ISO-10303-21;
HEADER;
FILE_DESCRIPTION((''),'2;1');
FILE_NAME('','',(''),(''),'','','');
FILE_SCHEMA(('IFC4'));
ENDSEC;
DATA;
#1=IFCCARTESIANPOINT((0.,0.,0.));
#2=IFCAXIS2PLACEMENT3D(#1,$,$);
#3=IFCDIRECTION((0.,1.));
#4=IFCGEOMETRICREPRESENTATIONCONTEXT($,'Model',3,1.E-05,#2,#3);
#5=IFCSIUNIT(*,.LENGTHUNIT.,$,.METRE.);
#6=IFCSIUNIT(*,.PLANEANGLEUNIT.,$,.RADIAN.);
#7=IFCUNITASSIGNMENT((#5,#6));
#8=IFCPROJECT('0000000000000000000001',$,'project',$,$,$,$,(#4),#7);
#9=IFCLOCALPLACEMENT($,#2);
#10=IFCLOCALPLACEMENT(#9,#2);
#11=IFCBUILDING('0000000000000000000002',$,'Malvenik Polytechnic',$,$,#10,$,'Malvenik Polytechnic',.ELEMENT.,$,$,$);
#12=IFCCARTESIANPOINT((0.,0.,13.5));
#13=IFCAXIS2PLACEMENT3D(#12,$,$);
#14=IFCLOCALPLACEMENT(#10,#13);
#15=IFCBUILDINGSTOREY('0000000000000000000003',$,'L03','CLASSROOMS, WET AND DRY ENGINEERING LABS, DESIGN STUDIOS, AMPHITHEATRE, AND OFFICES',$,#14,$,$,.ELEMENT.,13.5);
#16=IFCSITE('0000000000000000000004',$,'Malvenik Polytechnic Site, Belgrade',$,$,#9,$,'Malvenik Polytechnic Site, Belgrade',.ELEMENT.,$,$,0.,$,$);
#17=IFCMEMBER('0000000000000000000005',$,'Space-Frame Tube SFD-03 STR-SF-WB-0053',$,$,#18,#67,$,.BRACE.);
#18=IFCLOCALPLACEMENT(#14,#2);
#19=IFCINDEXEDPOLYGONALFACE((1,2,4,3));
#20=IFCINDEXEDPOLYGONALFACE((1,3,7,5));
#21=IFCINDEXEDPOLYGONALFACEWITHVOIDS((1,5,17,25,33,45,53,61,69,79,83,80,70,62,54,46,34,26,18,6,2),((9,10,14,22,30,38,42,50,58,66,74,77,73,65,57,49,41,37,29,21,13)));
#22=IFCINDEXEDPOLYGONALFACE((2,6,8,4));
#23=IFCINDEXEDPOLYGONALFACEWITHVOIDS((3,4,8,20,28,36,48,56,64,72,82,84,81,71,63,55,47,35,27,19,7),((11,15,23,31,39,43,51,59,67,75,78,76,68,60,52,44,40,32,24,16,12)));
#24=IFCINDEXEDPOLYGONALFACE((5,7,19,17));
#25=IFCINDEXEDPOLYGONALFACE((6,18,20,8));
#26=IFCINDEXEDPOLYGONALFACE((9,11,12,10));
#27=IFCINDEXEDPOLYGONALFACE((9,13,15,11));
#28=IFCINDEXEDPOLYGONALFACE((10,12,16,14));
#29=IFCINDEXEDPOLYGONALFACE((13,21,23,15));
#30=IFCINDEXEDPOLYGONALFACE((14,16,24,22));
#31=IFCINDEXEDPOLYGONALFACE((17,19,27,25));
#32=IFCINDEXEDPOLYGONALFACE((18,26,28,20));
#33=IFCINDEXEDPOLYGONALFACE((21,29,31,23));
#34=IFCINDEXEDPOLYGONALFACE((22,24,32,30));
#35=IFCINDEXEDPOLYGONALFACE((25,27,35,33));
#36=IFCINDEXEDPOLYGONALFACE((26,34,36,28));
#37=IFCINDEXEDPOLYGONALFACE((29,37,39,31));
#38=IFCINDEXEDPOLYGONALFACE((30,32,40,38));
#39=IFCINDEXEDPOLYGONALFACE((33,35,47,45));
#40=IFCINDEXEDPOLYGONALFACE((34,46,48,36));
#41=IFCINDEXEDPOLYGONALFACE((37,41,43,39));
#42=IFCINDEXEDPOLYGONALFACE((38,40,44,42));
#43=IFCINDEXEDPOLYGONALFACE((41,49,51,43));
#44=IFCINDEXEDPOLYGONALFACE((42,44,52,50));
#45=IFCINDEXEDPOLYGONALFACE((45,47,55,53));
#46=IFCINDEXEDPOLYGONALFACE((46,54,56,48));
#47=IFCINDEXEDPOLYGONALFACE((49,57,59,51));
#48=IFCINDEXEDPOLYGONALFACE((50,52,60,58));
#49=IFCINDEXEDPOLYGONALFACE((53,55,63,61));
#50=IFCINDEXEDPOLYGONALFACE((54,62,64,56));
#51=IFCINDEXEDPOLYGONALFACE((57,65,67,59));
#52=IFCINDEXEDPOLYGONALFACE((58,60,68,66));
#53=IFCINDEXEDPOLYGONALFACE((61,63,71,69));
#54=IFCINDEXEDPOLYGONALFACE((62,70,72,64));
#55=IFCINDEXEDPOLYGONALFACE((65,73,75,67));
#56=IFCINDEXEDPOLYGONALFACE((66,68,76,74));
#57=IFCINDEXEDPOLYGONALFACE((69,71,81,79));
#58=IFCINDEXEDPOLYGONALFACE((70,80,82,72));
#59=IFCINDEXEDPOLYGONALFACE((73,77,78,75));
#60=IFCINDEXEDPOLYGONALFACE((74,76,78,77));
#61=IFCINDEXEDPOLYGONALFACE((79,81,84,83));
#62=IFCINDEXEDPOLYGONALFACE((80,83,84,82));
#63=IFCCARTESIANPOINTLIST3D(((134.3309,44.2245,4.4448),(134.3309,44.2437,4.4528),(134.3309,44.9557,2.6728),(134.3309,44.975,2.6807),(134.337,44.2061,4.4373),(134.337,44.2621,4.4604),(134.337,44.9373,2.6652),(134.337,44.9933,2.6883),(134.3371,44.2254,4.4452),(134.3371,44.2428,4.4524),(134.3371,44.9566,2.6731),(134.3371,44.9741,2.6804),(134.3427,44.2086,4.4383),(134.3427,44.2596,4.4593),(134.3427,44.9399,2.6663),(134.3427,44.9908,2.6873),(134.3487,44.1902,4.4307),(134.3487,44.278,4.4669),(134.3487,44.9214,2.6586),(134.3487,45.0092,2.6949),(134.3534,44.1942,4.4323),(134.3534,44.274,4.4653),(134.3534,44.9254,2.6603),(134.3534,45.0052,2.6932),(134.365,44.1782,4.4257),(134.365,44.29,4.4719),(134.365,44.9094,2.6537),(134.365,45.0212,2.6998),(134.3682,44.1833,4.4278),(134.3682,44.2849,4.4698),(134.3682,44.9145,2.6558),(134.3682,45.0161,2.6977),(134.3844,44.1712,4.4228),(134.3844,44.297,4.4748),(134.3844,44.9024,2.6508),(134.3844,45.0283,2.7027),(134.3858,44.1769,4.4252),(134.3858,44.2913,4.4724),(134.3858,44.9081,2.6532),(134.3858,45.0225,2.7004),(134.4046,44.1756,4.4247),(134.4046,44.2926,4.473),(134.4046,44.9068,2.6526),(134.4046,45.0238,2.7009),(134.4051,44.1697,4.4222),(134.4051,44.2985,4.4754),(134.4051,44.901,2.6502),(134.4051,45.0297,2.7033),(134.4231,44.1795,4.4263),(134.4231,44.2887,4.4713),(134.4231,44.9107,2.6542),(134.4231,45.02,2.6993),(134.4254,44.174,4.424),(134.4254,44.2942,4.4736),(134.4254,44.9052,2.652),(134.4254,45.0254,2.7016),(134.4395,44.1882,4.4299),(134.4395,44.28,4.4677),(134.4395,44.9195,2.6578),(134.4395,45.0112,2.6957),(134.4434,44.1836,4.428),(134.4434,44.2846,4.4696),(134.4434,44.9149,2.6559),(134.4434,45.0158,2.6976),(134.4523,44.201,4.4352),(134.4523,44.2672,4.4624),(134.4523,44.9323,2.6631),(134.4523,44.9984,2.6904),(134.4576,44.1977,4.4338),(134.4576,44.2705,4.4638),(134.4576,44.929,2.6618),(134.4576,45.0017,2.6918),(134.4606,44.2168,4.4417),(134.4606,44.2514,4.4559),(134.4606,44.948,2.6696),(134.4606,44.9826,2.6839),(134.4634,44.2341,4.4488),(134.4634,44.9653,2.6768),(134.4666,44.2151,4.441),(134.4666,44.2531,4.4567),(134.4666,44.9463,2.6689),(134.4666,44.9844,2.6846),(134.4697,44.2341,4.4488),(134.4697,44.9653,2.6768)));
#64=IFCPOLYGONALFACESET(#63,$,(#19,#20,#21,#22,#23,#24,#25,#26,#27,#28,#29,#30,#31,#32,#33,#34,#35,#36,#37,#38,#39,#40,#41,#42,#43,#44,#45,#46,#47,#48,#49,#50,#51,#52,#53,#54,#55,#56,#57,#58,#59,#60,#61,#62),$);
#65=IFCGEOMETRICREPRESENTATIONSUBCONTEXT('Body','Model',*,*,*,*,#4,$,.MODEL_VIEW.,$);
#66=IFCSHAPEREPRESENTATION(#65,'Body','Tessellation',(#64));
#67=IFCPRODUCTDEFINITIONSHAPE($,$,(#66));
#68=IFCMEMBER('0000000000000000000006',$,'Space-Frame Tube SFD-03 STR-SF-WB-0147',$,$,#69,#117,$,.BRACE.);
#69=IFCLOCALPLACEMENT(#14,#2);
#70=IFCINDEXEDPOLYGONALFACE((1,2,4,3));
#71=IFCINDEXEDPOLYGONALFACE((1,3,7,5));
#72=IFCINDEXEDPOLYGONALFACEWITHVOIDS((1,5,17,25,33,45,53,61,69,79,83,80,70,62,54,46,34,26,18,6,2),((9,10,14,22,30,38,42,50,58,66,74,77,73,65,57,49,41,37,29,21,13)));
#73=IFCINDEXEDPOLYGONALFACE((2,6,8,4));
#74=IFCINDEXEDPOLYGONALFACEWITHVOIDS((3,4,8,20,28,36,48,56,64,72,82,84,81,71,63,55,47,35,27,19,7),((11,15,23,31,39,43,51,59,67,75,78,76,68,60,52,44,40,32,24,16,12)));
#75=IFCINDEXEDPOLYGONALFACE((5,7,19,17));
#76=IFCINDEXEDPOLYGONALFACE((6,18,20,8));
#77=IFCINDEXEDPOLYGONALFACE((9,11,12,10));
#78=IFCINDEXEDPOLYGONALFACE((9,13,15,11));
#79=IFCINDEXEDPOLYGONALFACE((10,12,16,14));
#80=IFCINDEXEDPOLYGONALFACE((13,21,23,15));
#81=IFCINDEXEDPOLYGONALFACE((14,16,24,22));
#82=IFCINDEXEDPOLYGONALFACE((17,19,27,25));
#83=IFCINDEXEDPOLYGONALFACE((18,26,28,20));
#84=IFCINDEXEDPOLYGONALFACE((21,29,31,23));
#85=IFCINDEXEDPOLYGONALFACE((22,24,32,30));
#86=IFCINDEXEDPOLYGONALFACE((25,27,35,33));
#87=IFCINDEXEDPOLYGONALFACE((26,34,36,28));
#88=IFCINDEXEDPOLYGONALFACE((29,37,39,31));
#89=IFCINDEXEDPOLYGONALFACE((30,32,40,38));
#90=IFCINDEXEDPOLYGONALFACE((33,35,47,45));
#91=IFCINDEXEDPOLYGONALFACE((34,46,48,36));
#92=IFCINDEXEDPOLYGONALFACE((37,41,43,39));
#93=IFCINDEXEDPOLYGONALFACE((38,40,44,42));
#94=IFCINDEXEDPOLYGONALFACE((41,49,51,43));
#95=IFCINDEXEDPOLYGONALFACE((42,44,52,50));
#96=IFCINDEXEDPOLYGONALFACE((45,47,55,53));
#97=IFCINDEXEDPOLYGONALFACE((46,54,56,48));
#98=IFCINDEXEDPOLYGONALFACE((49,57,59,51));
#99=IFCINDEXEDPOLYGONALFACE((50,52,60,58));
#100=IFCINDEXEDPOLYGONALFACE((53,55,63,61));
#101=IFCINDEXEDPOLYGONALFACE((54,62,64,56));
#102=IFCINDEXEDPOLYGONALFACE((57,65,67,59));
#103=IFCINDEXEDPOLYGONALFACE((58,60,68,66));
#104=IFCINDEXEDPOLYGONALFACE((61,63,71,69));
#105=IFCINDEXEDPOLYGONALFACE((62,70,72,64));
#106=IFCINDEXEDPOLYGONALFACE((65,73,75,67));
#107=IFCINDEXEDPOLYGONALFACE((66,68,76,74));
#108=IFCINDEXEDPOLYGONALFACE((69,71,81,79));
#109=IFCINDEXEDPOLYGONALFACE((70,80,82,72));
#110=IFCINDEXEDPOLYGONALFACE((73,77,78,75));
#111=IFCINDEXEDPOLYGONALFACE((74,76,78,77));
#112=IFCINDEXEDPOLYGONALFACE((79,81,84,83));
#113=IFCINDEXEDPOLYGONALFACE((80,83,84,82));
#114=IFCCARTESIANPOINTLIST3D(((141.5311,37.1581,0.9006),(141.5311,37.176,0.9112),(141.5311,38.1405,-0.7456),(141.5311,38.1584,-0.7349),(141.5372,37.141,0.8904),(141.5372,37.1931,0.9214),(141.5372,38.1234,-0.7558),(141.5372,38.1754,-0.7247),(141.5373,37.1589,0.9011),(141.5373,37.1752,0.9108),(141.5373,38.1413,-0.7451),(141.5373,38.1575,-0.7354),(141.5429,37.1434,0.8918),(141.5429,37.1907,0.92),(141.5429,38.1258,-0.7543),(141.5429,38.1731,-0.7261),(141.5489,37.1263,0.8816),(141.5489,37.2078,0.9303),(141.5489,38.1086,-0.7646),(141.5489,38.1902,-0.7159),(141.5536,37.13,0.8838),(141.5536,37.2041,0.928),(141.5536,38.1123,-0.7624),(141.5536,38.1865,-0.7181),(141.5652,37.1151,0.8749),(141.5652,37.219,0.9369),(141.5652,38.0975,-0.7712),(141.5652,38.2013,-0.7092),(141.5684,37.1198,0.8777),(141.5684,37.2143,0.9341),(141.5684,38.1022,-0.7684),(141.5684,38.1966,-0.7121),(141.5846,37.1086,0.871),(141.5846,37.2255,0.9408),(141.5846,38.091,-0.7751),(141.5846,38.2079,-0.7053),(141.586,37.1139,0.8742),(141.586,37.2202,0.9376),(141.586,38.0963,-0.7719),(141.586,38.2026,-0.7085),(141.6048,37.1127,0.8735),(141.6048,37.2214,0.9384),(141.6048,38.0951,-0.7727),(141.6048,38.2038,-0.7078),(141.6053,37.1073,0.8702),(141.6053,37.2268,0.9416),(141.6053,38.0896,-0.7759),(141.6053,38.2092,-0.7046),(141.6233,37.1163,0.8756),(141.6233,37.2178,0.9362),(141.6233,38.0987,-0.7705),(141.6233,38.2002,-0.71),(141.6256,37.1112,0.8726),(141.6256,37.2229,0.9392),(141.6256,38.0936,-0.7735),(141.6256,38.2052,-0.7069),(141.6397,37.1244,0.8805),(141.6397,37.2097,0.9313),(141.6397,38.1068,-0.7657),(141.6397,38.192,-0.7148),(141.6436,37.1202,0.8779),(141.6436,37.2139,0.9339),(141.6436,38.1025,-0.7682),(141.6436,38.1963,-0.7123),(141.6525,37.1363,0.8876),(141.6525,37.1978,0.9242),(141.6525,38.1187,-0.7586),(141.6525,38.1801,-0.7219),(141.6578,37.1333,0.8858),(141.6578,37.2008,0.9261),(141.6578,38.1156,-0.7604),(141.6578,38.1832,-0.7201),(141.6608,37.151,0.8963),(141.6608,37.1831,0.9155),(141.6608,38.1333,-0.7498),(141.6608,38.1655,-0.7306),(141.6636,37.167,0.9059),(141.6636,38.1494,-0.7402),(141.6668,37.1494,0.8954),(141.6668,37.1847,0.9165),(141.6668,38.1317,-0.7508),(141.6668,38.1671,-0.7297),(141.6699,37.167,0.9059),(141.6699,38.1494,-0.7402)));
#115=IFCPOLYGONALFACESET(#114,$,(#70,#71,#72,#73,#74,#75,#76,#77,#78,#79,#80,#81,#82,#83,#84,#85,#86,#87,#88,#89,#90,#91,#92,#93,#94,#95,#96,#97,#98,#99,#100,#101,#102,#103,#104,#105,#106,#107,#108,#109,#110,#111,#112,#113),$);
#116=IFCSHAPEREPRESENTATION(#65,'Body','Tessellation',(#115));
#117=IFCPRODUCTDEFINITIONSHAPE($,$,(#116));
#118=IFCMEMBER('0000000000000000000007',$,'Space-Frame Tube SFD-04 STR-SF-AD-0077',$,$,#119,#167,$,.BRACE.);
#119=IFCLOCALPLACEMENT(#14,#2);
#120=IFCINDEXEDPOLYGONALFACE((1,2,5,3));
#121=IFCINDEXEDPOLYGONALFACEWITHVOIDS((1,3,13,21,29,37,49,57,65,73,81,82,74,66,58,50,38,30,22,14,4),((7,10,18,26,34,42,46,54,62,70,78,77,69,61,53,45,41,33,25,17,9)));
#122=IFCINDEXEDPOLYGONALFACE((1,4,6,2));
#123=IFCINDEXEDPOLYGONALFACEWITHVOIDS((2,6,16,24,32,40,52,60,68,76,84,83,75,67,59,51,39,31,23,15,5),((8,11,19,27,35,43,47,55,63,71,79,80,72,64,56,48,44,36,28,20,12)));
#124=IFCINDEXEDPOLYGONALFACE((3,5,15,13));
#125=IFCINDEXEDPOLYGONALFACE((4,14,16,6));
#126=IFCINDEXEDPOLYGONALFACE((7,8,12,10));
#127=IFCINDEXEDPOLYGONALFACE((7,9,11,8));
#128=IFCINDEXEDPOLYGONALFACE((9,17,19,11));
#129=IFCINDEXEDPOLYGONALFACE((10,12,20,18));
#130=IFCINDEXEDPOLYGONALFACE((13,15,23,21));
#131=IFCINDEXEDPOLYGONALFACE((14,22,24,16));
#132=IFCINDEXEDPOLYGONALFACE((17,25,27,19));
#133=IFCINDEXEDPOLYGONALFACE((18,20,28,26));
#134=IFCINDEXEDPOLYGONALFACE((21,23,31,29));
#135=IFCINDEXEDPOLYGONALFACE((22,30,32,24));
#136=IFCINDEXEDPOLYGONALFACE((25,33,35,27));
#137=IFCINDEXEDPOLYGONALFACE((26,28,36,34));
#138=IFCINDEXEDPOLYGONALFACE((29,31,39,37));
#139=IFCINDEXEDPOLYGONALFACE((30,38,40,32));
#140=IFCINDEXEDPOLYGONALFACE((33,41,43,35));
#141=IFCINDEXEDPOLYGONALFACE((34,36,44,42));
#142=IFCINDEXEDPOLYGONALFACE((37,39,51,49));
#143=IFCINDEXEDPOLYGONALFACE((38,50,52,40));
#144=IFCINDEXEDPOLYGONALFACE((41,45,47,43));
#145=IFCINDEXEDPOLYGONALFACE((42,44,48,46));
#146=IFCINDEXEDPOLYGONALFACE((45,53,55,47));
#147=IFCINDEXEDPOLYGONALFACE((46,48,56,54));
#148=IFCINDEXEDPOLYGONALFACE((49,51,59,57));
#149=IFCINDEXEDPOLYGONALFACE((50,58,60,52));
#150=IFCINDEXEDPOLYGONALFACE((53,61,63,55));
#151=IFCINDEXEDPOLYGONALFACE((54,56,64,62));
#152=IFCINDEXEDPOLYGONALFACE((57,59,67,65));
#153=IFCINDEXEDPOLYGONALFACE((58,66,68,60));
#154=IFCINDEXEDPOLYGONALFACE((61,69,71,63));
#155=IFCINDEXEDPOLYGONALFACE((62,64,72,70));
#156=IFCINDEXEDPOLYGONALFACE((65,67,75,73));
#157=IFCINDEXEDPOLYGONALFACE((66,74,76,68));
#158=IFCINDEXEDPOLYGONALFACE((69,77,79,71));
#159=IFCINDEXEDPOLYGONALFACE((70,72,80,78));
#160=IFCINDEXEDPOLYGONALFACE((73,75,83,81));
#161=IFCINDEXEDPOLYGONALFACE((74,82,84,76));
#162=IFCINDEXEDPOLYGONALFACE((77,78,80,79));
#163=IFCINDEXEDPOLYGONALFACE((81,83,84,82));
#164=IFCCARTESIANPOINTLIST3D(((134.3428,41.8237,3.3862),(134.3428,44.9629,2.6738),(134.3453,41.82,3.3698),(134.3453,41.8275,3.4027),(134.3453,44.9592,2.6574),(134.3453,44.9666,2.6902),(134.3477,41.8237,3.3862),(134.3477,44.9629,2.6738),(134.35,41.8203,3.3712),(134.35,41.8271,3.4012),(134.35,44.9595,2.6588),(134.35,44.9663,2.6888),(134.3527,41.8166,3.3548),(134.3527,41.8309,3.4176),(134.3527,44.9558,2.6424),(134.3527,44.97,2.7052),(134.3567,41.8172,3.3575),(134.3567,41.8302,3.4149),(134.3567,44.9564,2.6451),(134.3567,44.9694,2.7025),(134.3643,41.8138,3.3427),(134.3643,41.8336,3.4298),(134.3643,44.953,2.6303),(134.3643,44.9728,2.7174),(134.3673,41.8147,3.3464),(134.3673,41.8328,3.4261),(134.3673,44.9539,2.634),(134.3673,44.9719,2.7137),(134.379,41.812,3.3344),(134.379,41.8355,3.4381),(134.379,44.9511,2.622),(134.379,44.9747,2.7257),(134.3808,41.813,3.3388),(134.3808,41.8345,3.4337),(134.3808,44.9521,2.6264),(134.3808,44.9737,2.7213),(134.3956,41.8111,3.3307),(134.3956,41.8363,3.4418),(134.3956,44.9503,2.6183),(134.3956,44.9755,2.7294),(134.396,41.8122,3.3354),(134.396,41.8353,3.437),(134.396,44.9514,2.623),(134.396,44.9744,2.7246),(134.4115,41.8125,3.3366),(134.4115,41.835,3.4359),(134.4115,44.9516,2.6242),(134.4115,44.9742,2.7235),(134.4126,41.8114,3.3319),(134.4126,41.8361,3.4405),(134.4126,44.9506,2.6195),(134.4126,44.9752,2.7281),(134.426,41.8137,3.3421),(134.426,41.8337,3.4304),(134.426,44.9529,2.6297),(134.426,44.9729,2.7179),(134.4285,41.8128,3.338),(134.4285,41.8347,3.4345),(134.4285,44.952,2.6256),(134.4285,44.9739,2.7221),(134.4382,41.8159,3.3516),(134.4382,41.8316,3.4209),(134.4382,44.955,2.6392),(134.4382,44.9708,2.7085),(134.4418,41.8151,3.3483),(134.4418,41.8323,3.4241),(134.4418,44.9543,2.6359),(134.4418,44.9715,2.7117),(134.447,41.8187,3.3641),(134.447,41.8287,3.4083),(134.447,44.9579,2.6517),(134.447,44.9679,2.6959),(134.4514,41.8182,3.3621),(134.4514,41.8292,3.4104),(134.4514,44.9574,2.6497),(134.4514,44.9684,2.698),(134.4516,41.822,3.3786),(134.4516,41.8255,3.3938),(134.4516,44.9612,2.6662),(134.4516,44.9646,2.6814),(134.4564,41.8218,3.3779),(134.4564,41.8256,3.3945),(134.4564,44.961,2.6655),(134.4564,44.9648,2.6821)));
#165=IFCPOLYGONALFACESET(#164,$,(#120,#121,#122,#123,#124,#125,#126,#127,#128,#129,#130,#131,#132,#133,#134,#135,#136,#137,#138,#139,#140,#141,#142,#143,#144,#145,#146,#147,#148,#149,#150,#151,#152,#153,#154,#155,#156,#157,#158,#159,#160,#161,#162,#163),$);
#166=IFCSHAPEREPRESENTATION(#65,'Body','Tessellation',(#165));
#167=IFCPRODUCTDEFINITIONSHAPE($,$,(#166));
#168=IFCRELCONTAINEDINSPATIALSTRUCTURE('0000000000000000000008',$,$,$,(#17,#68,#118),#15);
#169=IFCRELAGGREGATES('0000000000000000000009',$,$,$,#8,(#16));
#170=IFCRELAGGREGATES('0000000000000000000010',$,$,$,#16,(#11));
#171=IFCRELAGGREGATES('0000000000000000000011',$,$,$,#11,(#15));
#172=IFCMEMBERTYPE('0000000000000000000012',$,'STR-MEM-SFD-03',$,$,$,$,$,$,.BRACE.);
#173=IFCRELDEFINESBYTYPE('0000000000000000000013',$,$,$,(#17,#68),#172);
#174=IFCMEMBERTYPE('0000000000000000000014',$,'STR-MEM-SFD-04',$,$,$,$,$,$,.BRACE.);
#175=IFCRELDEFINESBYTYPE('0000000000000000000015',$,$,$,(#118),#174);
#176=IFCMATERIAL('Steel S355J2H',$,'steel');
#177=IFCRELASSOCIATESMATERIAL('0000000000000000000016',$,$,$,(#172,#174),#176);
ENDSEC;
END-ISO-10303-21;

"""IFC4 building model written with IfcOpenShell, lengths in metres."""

from ifc_helpers import new_model, si_unit, direction, frame, origin, origin_2d, place, context, subcontext, project, spatial, hollow_circle, extrude, material, material_profile, profile_set, type_object, element, save


model = new_model("IFC4")

# Units and contexts
model_context = context("Model", 3, precision=1e-05, world=origin(), true_north=direction((0.0, 1.0)))
body_context = subcontext(model_context, "Body", "Model", "MODEL_VIEW")
ifc_project = project(units=[si_unit("LENGTHUNIT", "METRE"), si_unit("PLANEANGLEUNIT", "RADIAN")], contexts=[model_context])

# Site, building, storey
site_placement = place(None, origin())
site = spatial("IfcSite", under=ifc_project, at=site_placement, Name="Malvenik Polytechnic Site, Belgrade", LongName="Malvenik Polytechnic Site, Belgrade", CompositionType="ELEMENT", RefElevation=0.0)
building_placement = place(site_placement, origin())
building = spatial("IfcBuilding", under=site, at=building_placement, Name="Malvenik Polytechnic", LongName="Malvenik Polytechnic", CompositionType="ELEMENT")
storey_placement = place(building_placement, frame((0.0, 0.0, 13.5)))
storey = spatial("IfcBuildingStorey", under=building, at=storey_placement, Name="L03", Description="CLASSROOMS, WET AND DRY ENGINEERING LABS, DESIGN STUDIOS, AMPHITHEATRE, AND OFFICES", CompositionType="ELEMENT", Elevation=13.5)

# Members
ifc_material_1 = material(Name="Steel S355J2H", Category="steel")
ifc_material_profile_1 = material_profile(ifc_material_1, hollow_circle(Radius=0.0698, WallThickness=0.0063, at=origin_2d()), Name="CHS 139.7x6.3")
ifc_profile_set_1 = profile_set([ifc_material_profile_1], Name="Steel S355J2H")
member_type_1 = type_object("IfcMemberType", Name="STR-MEM-SFD-03", PredefinedType="BRACE", material=ifc_profile_set_1)
for number, where, z_axis, x_axis, name in (
    (1, (134.3999, 44.9653, 2.6768), (0.0, -0.381448, 0.92439), (1.0, 0.0, 0.0), "Space-Frame Tube SFD-03 STR-SF-WB-0053"),
    (2, (141.6001, 38.1494, -0.7402), (0.0, -0.512453, 0.858715), (1.0, 0.0, 0.0), "Space-Frame Tube SFD-03 STR-SF-WB-0147"),
):
    element("IfcMember", number, at=place(storey_placement, frame(where, z_axis=z_axis, x_axis=x_axis)), inside=storey, type_object=member_type_1, Name=name, PredefinedType="BRACE", context=body_context, shape_type="SweptSolid", body=[
        extrude(hollow_circle(Radius=0.0698, WallThickness=0.0063, at=origin_2d()), origin(), (0.0, 0.0, 1.0), 1.917),
    ])
ifc_material_profile_2 = material_profile(ifc_material_1, hollow_circle(Radius=0.0571, WallThickness=0.0049, at=origin_2d()), Name="CHS 114.3x5.0")
ifc_profile_set_2 = profile_set([ifc_material_profile_2], Name="Steel S355J2H")
member_type_2 = type_object("IfcMemberType", Name="STR-MEM-SFD-04", PredefinedType="BRACE", material=ifc_profile_set_2)
member_1_placement = place(storey_placement, frame((134.3999, 41.8237, 3.3862), z_axis=(0.0, 0.975203, -0.221313), x_axis=(-1.0, 0.0, 0.0)))
element("IfcMember", 3, at=member_1_placement, inside=storey, type_object=member_type_2, Name="Space-Frame Tube SFD-04 STR-SF-AD-0077", PredefinedType="BRACE", context=body_context, shape_type="SweptSolid", body=[
    extrude(hollow_circle(Radius=0.0571, WallThickness=0.0049, at=origin_2d()), origin(), (0.0, 0.0, 1.0), 3.219),
])

save(model, "model.ifc")
